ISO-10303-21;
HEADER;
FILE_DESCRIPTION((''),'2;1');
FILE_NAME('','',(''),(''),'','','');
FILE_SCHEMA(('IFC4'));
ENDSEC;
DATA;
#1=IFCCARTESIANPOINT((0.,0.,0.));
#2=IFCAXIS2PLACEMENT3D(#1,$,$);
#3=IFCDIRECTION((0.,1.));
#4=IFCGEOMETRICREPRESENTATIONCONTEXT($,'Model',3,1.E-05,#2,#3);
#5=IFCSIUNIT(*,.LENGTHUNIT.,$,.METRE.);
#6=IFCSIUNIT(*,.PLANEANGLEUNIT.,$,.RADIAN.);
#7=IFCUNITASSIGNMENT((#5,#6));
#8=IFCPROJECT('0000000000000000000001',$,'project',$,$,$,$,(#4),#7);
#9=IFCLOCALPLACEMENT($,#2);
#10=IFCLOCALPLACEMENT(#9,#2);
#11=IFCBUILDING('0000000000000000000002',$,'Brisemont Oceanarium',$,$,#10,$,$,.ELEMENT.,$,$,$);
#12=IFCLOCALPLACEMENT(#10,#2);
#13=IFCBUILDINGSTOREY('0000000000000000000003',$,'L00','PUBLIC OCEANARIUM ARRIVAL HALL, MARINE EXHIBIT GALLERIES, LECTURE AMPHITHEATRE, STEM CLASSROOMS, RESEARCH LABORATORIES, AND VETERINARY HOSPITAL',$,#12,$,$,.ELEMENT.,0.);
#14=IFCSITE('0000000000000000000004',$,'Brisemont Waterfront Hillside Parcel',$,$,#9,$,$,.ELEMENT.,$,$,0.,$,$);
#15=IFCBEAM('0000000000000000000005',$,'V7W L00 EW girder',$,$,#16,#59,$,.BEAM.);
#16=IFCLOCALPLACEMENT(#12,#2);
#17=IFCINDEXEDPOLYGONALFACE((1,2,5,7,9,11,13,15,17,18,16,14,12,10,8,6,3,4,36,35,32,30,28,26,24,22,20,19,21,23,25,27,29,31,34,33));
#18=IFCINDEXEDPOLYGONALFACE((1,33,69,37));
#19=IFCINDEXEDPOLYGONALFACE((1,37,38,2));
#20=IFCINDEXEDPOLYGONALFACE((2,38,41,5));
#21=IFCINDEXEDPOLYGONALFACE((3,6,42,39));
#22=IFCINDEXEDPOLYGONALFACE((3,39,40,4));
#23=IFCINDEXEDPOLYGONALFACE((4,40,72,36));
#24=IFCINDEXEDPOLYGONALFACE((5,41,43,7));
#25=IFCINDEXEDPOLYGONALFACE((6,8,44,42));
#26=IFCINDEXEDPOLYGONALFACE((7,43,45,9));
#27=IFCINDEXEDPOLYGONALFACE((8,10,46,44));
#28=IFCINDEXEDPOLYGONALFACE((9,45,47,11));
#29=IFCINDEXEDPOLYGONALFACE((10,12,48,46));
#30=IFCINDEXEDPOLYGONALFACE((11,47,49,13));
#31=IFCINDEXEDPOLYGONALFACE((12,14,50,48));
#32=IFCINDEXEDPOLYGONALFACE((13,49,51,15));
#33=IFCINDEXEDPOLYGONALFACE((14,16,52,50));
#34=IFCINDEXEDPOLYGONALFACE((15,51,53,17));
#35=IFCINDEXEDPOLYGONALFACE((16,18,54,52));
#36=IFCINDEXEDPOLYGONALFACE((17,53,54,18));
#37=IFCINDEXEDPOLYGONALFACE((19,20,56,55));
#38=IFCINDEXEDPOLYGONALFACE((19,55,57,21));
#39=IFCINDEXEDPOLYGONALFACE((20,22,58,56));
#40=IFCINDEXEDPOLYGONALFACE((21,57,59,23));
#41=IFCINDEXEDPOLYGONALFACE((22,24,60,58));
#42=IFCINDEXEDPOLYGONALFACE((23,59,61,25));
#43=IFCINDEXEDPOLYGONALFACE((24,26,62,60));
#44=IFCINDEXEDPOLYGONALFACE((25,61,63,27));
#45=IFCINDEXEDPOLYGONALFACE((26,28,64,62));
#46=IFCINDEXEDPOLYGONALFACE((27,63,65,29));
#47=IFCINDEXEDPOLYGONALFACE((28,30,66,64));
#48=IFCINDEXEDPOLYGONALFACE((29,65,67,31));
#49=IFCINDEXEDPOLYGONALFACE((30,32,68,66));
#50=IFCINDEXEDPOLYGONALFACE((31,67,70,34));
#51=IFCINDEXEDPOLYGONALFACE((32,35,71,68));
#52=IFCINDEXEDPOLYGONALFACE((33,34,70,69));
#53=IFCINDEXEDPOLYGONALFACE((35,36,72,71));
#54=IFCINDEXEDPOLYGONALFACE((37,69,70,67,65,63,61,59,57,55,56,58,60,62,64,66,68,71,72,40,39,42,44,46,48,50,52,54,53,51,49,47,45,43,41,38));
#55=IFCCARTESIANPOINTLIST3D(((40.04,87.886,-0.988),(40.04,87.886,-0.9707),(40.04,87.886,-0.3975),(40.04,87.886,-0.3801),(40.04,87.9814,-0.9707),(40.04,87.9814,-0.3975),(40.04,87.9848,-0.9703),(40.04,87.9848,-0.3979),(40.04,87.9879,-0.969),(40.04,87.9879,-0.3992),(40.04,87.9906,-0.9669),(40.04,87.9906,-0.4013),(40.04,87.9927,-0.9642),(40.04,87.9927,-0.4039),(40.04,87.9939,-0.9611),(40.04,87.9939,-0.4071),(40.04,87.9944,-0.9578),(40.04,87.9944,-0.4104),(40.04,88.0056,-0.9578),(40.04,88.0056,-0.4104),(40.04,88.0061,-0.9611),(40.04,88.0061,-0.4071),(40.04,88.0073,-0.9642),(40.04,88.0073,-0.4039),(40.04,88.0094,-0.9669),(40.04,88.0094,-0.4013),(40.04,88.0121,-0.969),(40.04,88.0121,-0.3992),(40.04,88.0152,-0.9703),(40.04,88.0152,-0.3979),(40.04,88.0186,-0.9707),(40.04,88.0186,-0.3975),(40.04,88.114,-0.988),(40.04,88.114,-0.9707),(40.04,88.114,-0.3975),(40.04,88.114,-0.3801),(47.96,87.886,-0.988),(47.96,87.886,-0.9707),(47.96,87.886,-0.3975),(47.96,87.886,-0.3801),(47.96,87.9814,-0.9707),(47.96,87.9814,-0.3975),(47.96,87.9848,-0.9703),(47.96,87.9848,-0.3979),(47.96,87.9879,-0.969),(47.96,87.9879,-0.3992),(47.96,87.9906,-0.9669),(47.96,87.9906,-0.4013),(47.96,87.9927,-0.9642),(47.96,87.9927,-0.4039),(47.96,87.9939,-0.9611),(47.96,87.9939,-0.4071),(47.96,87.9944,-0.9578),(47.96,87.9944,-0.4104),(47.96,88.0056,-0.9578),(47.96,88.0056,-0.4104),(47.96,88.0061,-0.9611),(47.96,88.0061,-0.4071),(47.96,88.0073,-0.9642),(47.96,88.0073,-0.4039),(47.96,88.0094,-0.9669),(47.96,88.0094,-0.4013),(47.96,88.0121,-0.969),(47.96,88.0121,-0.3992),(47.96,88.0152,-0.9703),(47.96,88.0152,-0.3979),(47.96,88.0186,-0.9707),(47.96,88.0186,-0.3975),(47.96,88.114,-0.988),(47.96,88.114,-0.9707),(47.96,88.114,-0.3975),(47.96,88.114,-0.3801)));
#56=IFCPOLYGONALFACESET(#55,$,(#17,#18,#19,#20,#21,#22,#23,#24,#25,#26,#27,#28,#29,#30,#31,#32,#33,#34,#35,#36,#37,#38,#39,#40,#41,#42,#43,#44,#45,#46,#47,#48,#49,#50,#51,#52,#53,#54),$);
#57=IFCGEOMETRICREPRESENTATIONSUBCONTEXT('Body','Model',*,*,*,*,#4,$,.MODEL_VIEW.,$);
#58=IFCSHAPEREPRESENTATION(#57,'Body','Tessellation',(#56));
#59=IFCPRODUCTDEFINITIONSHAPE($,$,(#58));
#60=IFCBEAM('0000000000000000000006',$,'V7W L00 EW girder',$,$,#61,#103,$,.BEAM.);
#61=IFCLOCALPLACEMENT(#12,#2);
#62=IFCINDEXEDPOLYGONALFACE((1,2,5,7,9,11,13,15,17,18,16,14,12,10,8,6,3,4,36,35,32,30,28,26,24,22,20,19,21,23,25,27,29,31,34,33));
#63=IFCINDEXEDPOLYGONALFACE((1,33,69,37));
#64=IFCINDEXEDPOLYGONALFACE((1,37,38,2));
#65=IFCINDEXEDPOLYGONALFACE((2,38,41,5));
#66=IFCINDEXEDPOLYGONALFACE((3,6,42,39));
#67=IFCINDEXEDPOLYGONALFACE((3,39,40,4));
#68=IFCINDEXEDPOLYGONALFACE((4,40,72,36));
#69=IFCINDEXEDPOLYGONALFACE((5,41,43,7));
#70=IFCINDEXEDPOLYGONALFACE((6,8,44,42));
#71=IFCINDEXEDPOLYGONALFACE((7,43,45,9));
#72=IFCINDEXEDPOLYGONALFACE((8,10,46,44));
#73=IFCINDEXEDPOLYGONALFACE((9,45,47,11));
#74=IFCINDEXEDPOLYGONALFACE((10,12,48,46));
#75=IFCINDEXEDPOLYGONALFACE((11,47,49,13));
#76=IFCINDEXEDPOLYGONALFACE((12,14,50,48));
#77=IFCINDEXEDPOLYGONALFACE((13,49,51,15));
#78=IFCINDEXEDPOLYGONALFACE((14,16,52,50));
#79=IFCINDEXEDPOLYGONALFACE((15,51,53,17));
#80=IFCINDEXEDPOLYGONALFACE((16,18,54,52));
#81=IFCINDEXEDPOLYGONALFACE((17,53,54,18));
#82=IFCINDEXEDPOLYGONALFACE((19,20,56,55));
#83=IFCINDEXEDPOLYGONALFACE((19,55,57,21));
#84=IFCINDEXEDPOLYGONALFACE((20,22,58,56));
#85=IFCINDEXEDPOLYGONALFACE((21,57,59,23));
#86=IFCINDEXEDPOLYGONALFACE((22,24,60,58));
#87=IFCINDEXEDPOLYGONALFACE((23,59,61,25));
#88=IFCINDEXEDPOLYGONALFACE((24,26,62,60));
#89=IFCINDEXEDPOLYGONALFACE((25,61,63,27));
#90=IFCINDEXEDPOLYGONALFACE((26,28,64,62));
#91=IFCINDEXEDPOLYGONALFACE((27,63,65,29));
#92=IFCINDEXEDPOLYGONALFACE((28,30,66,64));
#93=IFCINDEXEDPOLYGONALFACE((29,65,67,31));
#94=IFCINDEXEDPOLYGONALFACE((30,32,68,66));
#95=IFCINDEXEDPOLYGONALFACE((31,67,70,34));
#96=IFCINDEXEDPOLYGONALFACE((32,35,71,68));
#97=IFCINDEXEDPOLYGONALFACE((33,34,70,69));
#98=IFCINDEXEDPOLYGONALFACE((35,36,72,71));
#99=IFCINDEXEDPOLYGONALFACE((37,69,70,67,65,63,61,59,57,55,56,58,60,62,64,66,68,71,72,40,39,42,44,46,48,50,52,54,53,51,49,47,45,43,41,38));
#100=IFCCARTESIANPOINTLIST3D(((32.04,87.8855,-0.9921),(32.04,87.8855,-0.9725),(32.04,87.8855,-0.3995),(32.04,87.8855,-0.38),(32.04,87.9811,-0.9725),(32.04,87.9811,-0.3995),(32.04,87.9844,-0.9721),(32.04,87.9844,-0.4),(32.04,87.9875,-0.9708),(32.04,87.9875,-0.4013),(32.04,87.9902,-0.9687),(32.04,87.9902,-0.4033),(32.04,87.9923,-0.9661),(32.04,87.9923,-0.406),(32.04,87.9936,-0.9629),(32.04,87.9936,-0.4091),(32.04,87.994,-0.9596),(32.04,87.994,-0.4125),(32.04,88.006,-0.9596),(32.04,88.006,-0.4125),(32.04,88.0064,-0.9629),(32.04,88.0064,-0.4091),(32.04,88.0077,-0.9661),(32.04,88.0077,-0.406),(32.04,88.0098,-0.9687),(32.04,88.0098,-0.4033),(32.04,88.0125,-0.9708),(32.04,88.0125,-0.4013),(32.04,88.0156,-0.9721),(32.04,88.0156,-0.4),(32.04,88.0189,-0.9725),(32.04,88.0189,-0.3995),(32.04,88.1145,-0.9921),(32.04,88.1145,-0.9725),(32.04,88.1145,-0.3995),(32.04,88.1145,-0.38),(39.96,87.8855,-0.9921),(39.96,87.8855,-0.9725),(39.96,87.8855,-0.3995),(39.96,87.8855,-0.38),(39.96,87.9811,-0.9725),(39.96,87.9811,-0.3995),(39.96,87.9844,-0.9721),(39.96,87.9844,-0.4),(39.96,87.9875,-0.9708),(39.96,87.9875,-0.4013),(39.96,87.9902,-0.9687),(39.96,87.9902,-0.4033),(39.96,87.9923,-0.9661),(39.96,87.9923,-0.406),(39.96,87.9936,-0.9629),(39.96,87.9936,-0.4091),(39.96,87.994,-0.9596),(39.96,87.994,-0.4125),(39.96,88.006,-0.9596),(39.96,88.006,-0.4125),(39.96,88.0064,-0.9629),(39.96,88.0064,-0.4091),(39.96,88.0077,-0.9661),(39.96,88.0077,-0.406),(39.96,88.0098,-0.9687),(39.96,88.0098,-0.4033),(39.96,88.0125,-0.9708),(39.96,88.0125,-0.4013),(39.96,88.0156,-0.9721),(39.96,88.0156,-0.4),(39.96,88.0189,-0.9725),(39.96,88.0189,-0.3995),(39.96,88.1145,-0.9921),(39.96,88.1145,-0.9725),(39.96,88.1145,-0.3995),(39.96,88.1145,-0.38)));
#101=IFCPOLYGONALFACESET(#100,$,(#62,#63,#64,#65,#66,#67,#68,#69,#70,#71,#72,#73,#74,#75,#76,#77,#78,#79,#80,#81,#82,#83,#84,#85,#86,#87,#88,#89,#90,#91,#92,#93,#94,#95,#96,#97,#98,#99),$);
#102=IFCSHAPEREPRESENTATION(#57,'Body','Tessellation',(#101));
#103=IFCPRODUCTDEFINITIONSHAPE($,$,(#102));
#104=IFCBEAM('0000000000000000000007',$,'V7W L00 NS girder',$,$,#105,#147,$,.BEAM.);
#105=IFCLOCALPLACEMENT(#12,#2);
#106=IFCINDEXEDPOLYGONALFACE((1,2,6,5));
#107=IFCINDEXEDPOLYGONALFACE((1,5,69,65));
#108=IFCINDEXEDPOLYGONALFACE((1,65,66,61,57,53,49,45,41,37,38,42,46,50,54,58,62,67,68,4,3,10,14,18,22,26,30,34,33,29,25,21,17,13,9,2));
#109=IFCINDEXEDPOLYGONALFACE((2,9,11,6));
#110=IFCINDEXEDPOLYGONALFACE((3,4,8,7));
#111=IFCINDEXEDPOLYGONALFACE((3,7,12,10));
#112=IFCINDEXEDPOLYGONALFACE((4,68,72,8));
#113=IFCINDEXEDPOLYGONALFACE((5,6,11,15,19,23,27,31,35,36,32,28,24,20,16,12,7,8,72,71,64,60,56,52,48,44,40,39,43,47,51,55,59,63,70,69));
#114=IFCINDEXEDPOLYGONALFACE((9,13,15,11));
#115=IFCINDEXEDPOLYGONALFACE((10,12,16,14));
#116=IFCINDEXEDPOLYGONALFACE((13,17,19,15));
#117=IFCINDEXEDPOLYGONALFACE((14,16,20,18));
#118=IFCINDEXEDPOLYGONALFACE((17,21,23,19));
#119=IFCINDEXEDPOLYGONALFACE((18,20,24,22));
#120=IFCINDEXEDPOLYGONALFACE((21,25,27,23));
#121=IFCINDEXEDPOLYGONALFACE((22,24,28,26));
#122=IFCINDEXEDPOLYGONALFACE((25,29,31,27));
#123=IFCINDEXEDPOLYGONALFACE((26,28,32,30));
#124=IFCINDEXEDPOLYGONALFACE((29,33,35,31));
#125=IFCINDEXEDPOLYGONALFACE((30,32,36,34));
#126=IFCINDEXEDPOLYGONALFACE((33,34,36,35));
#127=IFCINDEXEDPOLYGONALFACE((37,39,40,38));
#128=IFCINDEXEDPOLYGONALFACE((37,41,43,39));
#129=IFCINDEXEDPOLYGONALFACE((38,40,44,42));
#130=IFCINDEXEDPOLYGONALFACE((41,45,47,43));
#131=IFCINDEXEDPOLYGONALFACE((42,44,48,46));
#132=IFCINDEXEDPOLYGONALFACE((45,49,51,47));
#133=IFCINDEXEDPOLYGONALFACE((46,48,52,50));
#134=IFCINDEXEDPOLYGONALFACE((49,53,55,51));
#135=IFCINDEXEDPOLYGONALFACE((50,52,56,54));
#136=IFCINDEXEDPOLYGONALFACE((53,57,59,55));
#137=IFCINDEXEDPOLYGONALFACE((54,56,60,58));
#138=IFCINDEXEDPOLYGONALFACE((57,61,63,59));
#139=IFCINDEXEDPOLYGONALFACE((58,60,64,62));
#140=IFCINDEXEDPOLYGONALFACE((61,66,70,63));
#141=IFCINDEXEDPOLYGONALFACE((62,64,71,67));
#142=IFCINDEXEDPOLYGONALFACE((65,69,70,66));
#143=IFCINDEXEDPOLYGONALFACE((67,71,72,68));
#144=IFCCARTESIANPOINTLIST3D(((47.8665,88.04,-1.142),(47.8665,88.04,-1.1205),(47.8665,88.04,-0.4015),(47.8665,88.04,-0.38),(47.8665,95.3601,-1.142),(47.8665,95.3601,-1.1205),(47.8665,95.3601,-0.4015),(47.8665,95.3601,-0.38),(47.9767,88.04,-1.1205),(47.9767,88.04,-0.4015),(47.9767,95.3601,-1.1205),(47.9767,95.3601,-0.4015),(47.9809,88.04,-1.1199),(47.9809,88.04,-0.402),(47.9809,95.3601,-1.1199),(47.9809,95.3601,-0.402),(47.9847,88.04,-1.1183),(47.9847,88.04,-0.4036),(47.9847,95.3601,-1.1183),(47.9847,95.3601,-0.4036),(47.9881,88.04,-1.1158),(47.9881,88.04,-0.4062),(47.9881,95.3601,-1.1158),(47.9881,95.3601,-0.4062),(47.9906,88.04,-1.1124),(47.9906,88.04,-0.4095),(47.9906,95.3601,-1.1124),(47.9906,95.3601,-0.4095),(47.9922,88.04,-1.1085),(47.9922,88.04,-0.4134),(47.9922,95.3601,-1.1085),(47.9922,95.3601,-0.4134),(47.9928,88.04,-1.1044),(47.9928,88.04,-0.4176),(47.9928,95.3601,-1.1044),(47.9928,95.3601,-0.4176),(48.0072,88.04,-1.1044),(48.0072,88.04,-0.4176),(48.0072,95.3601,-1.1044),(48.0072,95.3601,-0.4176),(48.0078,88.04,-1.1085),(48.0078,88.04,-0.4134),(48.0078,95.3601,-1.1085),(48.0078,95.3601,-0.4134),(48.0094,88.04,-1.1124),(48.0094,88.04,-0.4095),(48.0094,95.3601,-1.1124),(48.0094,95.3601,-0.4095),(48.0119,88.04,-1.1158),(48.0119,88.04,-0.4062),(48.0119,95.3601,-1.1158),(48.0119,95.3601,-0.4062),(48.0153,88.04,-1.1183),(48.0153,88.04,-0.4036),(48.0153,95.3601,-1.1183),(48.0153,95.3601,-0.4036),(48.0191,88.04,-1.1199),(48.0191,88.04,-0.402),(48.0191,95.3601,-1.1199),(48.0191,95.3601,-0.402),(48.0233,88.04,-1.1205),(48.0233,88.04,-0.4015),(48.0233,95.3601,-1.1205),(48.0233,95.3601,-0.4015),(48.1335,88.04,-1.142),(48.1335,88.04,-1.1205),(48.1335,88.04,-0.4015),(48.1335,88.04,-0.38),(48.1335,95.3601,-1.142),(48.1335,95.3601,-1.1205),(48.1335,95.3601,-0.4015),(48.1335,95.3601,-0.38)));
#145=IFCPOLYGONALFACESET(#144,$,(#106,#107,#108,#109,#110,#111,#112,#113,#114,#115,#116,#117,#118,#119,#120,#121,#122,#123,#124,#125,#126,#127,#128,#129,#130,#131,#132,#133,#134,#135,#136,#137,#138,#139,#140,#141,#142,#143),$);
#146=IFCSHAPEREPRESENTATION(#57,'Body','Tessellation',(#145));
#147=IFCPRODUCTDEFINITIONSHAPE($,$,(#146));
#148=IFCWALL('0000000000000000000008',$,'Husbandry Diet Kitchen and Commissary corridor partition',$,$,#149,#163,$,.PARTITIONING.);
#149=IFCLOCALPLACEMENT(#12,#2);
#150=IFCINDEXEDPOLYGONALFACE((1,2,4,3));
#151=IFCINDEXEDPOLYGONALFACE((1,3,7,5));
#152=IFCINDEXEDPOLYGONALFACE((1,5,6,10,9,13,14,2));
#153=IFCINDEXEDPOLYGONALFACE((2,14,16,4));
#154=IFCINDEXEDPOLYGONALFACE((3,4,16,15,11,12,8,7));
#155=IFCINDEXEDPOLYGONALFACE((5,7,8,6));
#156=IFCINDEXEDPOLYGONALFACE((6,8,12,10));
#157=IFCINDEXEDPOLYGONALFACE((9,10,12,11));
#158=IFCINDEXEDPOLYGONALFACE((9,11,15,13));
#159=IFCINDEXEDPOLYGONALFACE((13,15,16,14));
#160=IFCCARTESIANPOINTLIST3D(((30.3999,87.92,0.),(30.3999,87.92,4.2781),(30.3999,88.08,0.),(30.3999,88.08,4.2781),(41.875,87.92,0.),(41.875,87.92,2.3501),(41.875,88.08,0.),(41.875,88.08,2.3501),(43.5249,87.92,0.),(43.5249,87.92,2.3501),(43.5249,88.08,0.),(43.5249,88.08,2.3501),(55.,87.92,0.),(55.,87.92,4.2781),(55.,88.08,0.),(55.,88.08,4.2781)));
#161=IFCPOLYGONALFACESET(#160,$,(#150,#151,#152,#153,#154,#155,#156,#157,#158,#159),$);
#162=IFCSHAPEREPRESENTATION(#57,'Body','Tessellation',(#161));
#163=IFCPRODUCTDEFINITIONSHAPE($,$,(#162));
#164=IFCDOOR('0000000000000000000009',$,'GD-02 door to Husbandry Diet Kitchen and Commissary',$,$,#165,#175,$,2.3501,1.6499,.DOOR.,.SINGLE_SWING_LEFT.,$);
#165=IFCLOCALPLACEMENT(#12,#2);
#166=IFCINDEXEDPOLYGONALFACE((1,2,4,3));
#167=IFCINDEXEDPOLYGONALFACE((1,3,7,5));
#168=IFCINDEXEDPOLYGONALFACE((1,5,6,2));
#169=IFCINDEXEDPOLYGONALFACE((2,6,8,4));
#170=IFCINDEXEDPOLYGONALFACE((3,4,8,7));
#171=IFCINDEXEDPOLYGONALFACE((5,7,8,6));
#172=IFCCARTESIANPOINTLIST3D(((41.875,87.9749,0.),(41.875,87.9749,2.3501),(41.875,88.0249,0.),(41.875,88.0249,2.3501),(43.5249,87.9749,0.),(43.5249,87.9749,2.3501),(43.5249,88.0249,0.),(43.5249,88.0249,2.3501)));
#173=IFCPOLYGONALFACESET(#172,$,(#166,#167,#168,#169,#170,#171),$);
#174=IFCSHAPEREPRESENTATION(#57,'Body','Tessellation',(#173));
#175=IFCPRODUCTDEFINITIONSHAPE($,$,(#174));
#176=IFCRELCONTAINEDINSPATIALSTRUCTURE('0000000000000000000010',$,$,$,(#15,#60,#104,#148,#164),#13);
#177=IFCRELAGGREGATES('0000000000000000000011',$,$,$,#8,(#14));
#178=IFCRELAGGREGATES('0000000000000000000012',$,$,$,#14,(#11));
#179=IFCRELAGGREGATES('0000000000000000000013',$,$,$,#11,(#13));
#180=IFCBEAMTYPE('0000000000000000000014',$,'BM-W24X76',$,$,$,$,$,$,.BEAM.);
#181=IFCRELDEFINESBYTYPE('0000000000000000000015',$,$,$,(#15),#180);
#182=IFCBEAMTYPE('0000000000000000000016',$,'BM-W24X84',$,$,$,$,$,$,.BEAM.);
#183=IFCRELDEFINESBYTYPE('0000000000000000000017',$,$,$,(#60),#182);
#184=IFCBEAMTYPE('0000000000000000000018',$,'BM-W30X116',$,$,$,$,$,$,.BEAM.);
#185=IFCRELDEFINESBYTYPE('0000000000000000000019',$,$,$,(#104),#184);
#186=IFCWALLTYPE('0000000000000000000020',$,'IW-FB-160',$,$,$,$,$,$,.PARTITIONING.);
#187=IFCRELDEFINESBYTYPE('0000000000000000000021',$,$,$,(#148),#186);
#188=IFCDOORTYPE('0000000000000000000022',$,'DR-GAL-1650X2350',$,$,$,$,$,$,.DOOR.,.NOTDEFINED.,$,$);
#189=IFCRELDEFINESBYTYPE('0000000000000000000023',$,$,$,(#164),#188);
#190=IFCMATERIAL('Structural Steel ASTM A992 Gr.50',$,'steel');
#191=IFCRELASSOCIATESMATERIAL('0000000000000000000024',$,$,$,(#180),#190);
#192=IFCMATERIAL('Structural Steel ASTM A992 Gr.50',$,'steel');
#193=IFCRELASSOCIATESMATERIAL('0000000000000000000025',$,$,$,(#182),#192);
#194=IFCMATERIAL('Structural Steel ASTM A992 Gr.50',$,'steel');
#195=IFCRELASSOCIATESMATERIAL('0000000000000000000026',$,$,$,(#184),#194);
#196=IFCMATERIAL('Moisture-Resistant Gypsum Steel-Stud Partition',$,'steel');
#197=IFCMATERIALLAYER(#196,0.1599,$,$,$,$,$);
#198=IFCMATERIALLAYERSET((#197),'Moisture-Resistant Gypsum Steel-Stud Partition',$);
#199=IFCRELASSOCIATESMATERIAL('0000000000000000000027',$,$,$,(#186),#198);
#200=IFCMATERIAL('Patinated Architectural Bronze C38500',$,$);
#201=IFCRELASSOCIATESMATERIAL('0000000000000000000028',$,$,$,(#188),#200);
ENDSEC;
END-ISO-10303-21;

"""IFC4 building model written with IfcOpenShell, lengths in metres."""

from ifc_helpers import new_model, si_unit, direction, frame, frame_2d, origin, origin_2d, place, context, subcontext, project, spatial, rectangle, i_section, extrude, material, layer, layer_set, material_profile, profile_set, type_object, element, fill, save


model = new_model("IFC4")

# Units and contexts
model_context = context("Model", 3, precision=1e-05, world=origin(), true_north=direction((0.0, 1.0)))
body_context = subcontext(model_context, "Body", "Model", "MODEL_VIEW")
ifc_project = project(units=[si_unit("LENGTHUNIT", "METRE"), si_unit("PLANEANGLEUNIT", "RADIAN")], contexts=[model_context])

# Site, building, storey
site_placement = place(None, origin())
site = spatial("IfcSite", under=ifc_project, at=site_placement, Name="Brisemont Waterfront Hillside Parcel", CompositionType="ELEMENT", RefElevation=0.0)
building_placement = place(site_placement, origin())
building = spatial("IfcBuilding", under=site, at=building_placement, Name="Brisemont Oceanarium", CompositionType="ELEMENT")
storey_placement = place(building_placement, origin())
storey = spatial("IfcBuildingStorey", under=building, at=storey_placement, Name="L00", Description="PUBLIC OCEANARIUM ARRIVAL HALL, MARINE EXHIBIT GALLERIES, LECTURE AMPHITHEATRE, STEM CLASSROOMS, RESEARCH LABORATORIES, AND VETERINARY HOSPITAL", CompositionType="ELEMENT", Elevation=0.0)

# Beams
ifc_material_1 = material(Name="Structural Steel ASTM A992 Gr.50", Category="steel")
ifc_material_profile_1 = material_profile(ifc_material_1, i_section(OverallWidth=0.228, OverallDepth=0.6079, WebThickness=0.0112, FlangeThickness=0.0173, FilletRadius=0.0129, at=origin_2d()), Name="W24X76")
ifc_profile_set_1 = profile_set([ifc_material_profile_1], Name="Structural Steel ASTM A992 Gr.50")
beam_type_1 = type_object("IfcBeamType", Name="BM-W24X76", PredefinedType="BEAM", material=ifc_profile_set_1)
beam_1_placement = place(storey_placement, frame((40.04, 88.0, -0.6841), z_axis=(1.0, 0.0, 0.0), x_axis=(0.0, 1.0, 0.0)))
element("IfcBeam", 1, at=beam_1_placement, inside=storey, type_object=beam_type_1, Name="V7W L00 EW girder", PredefinedType="BEAM", context=body_context, shape_type="SweptSolid", body=[
    extrude(i_section(OverallWidth=0.228, OverallDepth=0.6079, WebThickness=0.0112, FlangeThickness=0.0173, FilletRadius=0.0129, at=origin_2d()), origin(), (0.0, 0.0, 1.0), 7.9199),
])
ifc_material_2 = material(Name="Structural Steel ASTM A992 Gr.50", Category="steel")
ifc_material_profile_2 = material_profile(ifc_material_2, i_section(OverallWidth=0.229, OverallDepth=0.6121, WebThickness=0.012, FlangeThickness=0.0195, FilletRadius=0.0129, at=origin_2d()), Name="W24X84")
ifc_profile_set_2 = profile_set([ifc_material_profile_2], Name="Structural Steel ASTM A992 Gr.50")
beam_type_2 = type_object("IfcBeamType", Name="BM-W24X84", PredefinedType="BEAM", material=ifc_profile_set_2)
beam_2_placement = place(storey_placement, frame((32.04, 88.0, -0.686), z_axis=(1.0, 0.0, 0.0), x_axis=(0.0, 1.0, 0.0)))
element("IfcBeam", 2, at=beam_2_placement, inside=storey, type_object=beam_type_2, Name="V7W L00 EW girder", PredefinedType="BEAM", context=body_context, shape_type="SweptSolid", body=[
    extrude(i_section(OverallWidth=0.229, OverallDepth=0.6121, WebThickness=0.012, FlangeThickness=0.0195, FilletRadius=0.0129, at=origin_2d()), origin(), (0.0, 0.0, 1.0), 7.9199),
])
ifc_material_3 = material(Name="Structural Steel ASTM A992 Gr.50", Category="steel")
ifc_material_profile_3 = material_profile(ifc_material_3, i_section(OverallWidth=0.2671, OverallDepth=0.762, WebThickness=0.0144, FlangeThickness=0.0215, FilletRadius=0.0161, at=origin_2d()), Name="W30X116")
ifc_profile_set_3 = profile_set([ifc_material_profile_3], Name="Structural Steel ASTM A992 Gr.50")
beam_type_3 = type_object("IfcBeamType", Name="BM-W30X116", PredefinedType="BEAM", material=ifc_profile_set_3)
beam_3_placement = place(storey_placement, frame((48.0, 88.04, -0.761), z_axis=(0.0, 1.0, 0.0), x_axis=(-1.0, 0.0, 0.0)))
element("IfcBeam", 3, at=beam_3_placement, inside=storey, type_object=beam_type_3, Name="V7W L00 NS girder", PredefinedType="BEAM", context=body_context, shape_type="SweptSolid", body=[
    extrude(i_section(OverallWidth=0.2671, OverallDepth=0.762, WebThickness=0.0144, FlangeThickness=0.0215, FilletRadius=0.0161, at=origin_2d()), origin(), (0.0, 0.0, 1.0), 7.3201),
])

# Wall, opening, door
ifc_material_4 = material(Name="Moisture-Resistant Gypsum Steel-Stud Partition", Category="steel")
ifc_layer_1 = layer(ifc_material_4, 0.1599)
ifc_layer_set_1 = layer_set([ifc_layer_1], Name="Moisture-Resistant Gypsum Steel-Stud Partition")
wall_type_1 = type_object("IfcWallType", Name="IW-FB-160", PredefinedType="PARTITIONING", material=ifc_layer_set_1)
wall_1_placement = place(storey_placement, frame((30.3999, 88.0, 0.0), z_axis=(0.0, 0.0, 1.0), x_axis=(1.0, 0.0, 0.0)))
wall_1 = element("IfcWall", 4, at=wall_1_placement, inside=storey, type_object=wall_type_1, Name="Husbandry Diet Kitchen and Commissary corridor partition", PredefinedType="PARTITIONING", context=body_context, shape_type="SweptSolid", body=[
    extrude(rectangle(XDim=24.6001, YDim=0.1599, at=frame_2d((12.3, 0.0))), origin(), (0.0, 0.0, 1.0), 4.2781),
])
opening_placement = place(wall_1_placement, frame((11.4751, 0.0, 0.0)))
opening = element("IfcOpeningElement", 5, at=opening_placement, cuts=wall_1, PredefinedType="OPENING", context=body_context, shape_type="SweptSolid", body=[
    extrude(rectangle(XDim=1.6499, YDim=2.3501, at=frame_2d((0.825, 1.175))), frame((0.0, 0.0898, 0.0), z_axis=(0.0, -1.0, 0.0), x_axis=(1.0, 0.0, 0.0)), (0.0, 0.0, 1.0), 0.1799),
])
ifc_material_5 = material(Name="Patinated Architectural Bronze C38500")
door_type = type_object("IfcDoorType", Name="DR-GAL-1650X2350", OperationType="NOTDEFINED", PredefinedType="DOOR", material=ifc_material_5)
door_placement = place(opening_placement, origin())
door = element("IfcDoor", 6, at=door_placement, inside=storey, type_object=door_type, Name="GD-02 door to Husbandry Diet Kitchen and Commissary", OperationType="SINGLE_SWING_LEFT", OverallHeight=2.3501, OverallWidth=1.6499, PredefinedType="DOOR", context=body_context, shape_type="SweptSolid", body=[
    extrude(rectangle(XDim=1.6499, YDim=2.3501, at=frame_2d((0.825, 1.175))), frame((0.0, 0.0249, 0.0), z_axis=(0.0, -1.0, 0.0), x_axis=(1.0, 0.0, 0.0)), (0.0, 0.0, 1.0), 0.05),
])
fill(opening, door)

save(model, "model.ifc")
